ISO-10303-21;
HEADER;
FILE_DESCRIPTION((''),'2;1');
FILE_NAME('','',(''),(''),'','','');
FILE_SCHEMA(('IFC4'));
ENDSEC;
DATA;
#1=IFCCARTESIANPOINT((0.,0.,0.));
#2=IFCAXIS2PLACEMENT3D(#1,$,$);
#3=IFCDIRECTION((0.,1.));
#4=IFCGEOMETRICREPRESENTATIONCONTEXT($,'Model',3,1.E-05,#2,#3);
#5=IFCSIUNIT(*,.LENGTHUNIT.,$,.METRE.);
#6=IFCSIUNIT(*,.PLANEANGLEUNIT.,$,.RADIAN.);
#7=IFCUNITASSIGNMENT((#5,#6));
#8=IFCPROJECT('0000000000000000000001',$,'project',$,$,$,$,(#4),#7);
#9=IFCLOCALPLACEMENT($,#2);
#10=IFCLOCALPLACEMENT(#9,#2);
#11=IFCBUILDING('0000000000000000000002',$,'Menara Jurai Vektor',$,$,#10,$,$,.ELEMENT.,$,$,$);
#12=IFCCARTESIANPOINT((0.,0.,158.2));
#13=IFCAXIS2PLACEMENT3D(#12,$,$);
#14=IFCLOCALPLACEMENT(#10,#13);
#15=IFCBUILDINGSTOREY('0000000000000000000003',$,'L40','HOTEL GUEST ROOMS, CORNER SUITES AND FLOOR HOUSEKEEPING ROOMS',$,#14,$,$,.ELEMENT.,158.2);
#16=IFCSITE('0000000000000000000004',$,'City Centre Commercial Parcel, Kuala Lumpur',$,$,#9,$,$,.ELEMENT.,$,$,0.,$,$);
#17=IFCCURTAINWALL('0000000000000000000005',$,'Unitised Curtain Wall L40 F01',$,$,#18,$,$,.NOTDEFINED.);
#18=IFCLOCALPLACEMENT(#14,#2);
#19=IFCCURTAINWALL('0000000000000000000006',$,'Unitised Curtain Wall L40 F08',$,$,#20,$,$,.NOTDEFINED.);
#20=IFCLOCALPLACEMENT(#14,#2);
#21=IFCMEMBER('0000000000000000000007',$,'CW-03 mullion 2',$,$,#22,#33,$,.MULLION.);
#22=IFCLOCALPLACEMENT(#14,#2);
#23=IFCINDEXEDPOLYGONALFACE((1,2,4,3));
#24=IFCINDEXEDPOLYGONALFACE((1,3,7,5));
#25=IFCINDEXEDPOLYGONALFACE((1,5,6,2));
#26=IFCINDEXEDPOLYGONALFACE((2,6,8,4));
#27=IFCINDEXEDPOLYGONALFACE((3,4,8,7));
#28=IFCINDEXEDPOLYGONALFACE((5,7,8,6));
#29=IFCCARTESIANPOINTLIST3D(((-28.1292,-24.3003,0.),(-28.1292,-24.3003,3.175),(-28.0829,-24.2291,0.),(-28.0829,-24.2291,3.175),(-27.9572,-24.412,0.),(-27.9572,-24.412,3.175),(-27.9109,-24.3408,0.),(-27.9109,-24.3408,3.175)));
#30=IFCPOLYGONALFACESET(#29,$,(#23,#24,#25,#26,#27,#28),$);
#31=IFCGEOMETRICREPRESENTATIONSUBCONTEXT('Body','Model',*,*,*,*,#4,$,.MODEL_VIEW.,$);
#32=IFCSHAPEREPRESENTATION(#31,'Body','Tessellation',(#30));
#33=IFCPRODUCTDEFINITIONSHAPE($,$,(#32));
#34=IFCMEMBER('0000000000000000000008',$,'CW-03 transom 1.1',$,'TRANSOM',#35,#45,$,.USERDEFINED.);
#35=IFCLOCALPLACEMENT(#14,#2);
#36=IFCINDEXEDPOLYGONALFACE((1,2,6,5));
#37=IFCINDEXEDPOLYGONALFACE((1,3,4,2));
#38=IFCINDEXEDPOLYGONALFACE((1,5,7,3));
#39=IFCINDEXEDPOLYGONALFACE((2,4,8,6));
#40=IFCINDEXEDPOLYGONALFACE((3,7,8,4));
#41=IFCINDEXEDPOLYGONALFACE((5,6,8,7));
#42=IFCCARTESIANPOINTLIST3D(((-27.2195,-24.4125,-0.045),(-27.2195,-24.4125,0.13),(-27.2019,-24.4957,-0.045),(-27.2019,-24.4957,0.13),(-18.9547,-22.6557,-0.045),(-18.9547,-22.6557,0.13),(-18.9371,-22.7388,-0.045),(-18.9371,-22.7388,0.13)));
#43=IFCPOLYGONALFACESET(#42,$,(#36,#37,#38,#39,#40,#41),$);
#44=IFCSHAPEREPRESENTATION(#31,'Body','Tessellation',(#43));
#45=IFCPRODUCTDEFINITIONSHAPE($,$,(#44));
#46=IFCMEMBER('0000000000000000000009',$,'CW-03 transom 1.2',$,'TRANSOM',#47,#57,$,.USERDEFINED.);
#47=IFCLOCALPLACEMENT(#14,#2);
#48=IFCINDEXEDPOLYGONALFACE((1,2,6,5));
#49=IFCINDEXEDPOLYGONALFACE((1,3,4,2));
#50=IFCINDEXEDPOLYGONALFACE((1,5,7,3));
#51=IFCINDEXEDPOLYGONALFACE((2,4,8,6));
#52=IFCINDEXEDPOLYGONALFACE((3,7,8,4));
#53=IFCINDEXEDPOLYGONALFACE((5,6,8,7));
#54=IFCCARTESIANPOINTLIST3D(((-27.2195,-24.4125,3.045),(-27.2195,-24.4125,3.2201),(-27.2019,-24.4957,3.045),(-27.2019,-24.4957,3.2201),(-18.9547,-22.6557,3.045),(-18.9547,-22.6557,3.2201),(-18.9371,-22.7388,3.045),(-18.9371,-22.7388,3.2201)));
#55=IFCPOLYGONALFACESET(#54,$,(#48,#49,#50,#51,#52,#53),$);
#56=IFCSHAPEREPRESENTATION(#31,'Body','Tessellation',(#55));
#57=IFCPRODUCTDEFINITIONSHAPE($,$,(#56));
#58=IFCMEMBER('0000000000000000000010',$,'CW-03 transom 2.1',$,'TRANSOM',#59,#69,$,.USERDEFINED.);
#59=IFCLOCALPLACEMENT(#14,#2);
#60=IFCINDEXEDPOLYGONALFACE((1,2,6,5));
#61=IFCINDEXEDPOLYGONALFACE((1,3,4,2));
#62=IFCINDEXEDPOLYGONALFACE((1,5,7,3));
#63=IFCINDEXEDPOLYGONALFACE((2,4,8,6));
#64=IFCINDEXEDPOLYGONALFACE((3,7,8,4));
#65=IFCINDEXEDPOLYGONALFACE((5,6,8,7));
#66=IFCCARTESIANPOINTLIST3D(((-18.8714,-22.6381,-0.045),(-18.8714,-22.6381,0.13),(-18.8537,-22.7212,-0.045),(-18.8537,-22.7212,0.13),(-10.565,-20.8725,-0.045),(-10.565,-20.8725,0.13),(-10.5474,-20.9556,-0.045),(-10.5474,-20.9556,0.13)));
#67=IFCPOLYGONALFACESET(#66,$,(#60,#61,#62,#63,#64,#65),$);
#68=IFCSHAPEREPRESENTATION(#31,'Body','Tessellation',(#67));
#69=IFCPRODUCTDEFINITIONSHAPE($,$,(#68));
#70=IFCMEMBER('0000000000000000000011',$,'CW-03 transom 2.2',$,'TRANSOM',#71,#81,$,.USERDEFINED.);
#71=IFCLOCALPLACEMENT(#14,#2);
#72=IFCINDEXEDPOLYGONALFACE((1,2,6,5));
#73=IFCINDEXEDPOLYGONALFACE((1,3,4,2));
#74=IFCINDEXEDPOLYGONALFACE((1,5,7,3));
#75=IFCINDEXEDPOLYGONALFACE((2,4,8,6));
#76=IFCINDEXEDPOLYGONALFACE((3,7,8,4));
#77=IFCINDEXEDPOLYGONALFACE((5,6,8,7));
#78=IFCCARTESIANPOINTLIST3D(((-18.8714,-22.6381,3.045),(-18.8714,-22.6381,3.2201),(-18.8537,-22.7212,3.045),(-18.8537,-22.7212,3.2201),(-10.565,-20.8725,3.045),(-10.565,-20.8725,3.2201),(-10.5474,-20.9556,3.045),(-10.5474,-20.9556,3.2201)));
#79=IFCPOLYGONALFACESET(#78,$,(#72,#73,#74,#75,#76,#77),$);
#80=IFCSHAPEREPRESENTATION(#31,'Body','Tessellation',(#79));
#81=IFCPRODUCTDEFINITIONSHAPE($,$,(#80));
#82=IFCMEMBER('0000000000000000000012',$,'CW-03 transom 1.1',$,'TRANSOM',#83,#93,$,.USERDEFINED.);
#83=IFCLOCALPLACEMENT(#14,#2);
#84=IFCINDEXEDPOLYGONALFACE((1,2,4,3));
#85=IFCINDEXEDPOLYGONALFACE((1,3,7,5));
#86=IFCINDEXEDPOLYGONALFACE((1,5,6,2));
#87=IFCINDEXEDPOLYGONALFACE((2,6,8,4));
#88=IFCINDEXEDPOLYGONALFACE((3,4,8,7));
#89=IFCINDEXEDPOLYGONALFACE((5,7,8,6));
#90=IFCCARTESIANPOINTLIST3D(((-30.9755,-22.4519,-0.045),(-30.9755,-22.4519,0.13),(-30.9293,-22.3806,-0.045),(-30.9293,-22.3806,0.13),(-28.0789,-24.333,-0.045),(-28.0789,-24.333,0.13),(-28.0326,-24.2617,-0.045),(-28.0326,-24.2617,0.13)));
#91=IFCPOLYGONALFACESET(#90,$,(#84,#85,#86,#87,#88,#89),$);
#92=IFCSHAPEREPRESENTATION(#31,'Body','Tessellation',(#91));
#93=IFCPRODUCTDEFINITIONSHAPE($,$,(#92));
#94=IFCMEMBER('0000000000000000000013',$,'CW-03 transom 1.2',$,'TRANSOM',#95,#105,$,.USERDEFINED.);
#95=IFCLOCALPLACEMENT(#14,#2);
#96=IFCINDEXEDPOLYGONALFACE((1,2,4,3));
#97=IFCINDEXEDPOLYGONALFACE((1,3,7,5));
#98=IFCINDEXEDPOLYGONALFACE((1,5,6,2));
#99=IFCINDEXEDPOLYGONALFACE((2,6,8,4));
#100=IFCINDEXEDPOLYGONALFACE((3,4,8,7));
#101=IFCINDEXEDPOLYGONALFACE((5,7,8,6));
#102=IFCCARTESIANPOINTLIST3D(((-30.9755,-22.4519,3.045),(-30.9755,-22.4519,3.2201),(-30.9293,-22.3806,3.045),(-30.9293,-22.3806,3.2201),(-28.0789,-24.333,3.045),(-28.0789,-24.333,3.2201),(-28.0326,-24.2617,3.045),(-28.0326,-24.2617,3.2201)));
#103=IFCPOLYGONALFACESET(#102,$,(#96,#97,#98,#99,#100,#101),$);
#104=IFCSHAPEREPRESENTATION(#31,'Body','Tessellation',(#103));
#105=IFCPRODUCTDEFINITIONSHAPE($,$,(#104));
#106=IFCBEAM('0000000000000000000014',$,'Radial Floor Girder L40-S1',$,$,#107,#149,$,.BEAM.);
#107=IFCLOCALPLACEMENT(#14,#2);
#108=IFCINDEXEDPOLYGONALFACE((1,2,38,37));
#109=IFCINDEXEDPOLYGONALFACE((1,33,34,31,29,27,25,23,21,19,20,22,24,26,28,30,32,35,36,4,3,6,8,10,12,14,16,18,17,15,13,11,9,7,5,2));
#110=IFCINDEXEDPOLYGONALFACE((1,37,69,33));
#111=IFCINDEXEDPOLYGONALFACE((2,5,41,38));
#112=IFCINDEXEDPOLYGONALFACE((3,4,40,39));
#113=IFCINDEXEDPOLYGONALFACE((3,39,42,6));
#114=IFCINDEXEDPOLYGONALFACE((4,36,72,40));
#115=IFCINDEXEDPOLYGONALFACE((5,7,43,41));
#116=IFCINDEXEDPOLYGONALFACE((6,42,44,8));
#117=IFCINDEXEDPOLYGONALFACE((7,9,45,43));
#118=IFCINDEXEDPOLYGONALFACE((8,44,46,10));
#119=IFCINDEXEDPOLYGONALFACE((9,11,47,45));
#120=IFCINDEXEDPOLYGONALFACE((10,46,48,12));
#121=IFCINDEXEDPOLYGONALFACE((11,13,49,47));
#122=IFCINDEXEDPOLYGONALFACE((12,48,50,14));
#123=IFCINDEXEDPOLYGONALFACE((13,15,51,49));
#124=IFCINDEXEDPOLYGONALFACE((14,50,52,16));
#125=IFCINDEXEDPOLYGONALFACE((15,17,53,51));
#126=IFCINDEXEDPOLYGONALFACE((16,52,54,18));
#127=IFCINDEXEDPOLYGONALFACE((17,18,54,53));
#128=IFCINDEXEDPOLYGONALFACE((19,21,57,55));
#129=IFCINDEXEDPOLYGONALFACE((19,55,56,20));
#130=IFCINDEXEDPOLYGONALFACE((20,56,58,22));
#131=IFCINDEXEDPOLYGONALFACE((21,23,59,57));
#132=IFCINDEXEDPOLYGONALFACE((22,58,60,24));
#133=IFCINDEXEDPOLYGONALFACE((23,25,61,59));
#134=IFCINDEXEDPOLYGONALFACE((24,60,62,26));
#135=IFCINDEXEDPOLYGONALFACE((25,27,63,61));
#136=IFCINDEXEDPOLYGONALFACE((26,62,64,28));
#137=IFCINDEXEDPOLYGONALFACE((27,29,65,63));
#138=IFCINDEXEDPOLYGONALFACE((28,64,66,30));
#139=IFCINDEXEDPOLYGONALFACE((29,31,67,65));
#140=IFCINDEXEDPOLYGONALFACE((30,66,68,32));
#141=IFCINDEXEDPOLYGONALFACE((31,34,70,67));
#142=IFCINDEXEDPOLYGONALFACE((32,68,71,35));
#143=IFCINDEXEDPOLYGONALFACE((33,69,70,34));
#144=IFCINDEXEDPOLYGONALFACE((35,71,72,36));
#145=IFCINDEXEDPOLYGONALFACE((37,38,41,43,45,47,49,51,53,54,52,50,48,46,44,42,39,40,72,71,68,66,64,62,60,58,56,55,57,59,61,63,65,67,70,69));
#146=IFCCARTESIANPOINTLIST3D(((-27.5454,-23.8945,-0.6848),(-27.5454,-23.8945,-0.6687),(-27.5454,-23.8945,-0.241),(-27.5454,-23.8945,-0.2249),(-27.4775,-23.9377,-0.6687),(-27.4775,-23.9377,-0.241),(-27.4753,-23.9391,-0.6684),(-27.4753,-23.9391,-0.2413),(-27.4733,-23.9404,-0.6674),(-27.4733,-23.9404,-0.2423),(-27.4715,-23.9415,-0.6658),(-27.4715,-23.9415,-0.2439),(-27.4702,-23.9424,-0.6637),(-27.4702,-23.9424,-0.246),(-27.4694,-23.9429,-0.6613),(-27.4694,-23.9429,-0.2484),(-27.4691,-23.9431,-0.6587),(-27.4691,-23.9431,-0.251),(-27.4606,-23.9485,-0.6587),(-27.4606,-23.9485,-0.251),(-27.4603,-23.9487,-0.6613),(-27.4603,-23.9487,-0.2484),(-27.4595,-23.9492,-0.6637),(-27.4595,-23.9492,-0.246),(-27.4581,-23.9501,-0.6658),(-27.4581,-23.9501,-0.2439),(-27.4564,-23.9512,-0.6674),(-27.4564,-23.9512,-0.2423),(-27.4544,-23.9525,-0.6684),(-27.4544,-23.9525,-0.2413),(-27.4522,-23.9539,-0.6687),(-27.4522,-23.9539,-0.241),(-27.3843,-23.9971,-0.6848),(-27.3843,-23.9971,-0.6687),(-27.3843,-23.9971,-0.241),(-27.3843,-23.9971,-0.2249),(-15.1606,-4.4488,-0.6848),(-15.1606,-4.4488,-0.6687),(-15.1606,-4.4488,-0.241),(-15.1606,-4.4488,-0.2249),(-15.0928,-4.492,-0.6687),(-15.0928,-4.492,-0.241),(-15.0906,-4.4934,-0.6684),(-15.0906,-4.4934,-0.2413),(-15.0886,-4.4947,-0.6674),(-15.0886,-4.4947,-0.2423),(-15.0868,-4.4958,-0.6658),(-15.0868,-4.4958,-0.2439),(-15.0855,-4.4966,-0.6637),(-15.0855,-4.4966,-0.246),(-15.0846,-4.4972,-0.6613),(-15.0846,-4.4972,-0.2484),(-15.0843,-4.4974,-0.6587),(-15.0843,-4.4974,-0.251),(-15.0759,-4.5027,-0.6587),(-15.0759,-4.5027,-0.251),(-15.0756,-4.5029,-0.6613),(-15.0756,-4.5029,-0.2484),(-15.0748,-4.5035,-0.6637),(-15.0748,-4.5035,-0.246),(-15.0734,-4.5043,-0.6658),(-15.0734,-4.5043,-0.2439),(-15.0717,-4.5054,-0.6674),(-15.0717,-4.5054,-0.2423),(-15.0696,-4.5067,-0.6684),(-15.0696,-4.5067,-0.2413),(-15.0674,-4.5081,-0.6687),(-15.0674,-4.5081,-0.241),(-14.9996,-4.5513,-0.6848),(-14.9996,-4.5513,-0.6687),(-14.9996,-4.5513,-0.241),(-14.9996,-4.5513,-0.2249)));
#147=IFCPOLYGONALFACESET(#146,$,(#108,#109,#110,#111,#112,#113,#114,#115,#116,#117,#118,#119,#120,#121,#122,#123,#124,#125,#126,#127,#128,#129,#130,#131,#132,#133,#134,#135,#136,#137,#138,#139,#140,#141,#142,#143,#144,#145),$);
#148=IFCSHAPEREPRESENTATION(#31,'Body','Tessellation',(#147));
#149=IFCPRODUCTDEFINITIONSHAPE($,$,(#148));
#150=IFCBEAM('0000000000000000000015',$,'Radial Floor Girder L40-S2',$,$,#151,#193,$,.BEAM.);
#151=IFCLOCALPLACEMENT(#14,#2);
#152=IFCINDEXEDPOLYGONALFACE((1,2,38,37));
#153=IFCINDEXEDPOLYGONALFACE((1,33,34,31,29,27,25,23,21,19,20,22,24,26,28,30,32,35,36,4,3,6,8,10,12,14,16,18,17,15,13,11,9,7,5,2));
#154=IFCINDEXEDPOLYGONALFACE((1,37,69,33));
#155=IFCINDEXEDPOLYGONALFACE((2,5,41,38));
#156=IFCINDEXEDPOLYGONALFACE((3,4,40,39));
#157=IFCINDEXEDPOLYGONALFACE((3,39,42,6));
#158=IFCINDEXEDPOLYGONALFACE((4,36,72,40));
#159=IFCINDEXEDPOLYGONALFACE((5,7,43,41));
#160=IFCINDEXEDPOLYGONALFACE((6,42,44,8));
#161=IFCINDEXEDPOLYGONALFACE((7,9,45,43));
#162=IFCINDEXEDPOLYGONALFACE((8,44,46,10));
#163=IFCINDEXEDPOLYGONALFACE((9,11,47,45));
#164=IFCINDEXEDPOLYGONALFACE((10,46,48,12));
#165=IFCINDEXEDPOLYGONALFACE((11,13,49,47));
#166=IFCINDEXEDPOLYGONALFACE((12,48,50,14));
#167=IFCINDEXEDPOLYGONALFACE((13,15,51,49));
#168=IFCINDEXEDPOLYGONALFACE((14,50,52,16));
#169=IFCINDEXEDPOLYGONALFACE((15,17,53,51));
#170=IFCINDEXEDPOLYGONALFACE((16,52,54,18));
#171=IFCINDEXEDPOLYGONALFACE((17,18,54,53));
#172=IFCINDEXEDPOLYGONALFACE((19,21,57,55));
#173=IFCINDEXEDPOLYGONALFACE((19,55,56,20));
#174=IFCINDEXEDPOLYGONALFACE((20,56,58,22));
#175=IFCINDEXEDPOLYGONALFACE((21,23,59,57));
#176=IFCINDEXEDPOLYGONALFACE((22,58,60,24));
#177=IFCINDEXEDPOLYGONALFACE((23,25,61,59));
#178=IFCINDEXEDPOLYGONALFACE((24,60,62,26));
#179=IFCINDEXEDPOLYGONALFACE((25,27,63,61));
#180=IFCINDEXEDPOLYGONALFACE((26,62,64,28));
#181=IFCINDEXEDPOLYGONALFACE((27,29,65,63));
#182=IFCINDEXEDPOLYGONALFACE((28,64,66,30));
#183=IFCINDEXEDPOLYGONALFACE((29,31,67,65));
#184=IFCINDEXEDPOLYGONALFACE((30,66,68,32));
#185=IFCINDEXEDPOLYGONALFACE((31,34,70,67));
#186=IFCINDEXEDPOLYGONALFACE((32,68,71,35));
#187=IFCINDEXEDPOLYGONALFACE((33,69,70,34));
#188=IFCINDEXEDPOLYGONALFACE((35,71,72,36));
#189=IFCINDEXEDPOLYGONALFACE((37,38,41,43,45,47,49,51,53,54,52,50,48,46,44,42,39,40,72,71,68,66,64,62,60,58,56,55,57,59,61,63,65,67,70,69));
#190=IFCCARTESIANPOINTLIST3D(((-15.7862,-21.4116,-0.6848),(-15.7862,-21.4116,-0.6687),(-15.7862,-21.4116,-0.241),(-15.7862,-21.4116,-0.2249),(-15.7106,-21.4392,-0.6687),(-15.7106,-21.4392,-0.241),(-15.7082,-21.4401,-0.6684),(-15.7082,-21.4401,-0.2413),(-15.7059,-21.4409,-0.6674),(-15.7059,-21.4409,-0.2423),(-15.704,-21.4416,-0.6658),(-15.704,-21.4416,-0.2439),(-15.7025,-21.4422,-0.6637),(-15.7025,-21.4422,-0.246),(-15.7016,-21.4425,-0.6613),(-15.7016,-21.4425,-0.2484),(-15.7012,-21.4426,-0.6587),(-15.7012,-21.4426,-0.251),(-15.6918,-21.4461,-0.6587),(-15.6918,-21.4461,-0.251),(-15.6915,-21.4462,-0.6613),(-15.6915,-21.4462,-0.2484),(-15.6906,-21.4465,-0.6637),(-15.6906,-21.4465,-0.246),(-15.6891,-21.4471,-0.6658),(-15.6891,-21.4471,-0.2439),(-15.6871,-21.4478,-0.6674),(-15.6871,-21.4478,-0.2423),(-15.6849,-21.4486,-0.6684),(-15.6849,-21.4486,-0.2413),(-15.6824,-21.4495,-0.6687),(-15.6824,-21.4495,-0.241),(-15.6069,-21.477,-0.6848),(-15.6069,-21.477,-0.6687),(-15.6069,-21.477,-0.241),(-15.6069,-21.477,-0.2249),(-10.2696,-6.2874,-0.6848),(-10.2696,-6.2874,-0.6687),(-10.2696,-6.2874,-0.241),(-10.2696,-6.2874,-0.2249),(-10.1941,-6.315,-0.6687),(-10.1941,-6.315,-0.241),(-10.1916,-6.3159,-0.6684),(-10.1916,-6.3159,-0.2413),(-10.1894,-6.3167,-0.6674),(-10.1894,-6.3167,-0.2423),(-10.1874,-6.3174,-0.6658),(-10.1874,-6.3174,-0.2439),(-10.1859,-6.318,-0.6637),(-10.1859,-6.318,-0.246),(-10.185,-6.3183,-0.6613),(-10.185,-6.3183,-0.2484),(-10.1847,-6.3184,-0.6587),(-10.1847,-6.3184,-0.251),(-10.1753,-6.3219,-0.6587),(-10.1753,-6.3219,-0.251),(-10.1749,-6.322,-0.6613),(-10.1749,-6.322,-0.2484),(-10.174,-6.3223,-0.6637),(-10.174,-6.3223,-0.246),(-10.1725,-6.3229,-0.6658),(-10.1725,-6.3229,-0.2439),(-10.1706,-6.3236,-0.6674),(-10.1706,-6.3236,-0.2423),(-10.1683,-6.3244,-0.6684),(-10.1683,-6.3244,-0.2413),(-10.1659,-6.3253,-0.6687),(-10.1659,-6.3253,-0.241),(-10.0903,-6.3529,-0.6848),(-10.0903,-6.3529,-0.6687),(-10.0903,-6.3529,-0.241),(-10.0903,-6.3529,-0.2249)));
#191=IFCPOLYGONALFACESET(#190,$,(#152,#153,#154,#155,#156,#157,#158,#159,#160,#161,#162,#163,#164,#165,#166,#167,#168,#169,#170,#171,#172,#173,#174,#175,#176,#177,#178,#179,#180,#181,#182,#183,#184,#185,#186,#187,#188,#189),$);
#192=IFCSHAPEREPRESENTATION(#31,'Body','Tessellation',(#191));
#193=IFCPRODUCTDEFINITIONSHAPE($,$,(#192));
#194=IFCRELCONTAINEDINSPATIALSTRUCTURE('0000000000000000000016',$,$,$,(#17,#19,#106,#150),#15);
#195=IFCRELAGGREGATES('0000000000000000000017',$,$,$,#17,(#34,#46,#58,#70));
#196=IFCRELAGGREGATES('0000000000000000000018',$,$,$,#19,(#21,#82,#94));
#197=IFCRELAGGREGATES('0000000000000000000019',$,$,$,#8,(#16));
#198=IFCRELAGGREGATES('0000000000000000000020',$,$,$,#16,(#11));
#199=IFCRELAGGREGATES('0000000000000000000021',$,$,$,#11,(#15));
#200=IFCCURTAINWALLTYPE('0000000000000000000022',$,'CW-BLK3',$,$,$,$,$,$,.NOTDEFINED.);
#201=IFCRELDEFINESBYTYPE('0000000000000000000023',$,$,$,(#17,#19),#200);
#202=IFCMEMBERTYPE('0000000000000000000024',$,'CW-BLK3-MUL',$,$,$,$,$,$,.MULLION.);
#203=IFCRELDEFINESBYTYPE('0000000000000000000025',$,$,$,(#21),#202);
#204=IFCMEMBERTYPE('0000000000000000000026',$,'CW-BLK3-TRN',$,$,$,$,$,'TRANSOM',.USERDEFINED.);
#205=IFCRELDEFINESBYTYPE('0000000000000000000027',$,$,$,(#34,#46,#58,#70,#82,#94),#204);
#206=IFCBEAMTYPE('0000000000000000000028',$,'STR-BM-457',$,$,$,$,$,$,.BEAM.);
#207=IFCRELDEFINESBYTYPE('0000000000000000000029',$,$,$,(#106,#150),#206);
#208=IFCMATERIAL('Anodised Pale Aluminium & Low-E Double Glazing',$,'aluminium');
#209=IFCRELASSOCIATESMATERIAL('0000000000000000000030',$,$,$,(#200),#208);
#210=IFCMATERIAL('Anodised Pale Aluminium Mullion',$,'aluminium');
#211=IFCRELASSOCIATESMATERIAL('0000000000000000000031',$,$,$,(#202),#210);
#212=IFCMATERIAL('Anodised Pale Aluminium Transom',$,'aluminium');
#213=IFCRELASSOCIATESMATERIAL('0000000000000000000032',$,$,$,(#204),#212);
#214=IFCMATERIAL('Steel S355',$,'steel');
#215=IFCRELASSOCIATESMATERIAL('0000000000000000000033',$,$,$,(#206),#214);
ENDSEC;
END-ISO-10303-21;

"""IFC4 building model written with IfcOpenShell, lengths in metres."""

from ifc_helpers import new_model, si_unit, direction, frame, origin, origin_2d, place, context, subcontext, project, spatial, rectangle, i_section, extrude, material, material_profile, profile_set, type_object, element, aggregate, save


model = new_model("IFC4")

# Units and contexts
model_context = context("Model", 3, precision=1e-05, world=origin(), true_north=direction((0.0, 1.0)))
body_context = subcontext(model_context, "Body", "Model", "MODEL_VIEW")
ifc_project = project(units=[si_unit("LENGTHUNIT", "METRE"), si_unit("PLANEANGLEUNIT", "RADIAN")], contexts=[model_context])

# Site, building, storey
site_placement = place(None, origin())
site = spatial("IfcSite", under=ifc_project, at=site_placement, Name="City Centre Commercial Parcel, Kuala Lumpur", CompositionType="ELEMENT", RefElevation=0.0)
building_placement = place(site_placement, origin())
building = spatial("IfcBuilding", under=site, at=building_placement, Name="Menara Jurai Vektor", CompositionType="ELEMENT")
storey_placement = place(building_placement, frame((0.0, 0.0, 158.2)))
storey = spatial("IfcBuildingStorey", under=building, at=storey_placement, Name="L40", Description="HOTEL GUEST ROOMS, CORNER SUITES AND FLOOR HOUSEKEEPING ROOMS", CompositionType="ELEMENT", Elevation=158.2)

# Curtain wall
ifc_material_1 = material(Name="Anodised Pale Aluminium & Low-E Double Glazing", Category="aluminium")
curtain_wall_type = type_object("IfcCurtainWallType", Name="CW-BLK3", PredefinedType="NOTDEFINED", material=ifc_material_1)
curtain_wall_1_placement = place(storey_placement, origin())
curtain_wall_1 = element("IfcCurtainWall", 1, at=curtain_wall_1_placement, inside=storey, type_object=curtain_wall_type, Name="Unitised Curtain Wall L40 F01", PredefinedType="NOTDEFINED")
ifc_material_2 = material(Name="Anodised Pale Aluminium Mullion", Category="aluminium")
ifc_material_profile_1 = material_profile(ifc_material_2, rectangle(XDim=0.085, YDim=0.2051, at=origin_2d()), Name="ALU MUL 85x205")
ifc_profile_set_1 = profile_set([ifc_material_profile_1], Name="Anodised Pale Aluminium Mullion")
member_type_1 = type_object("IfcMemberType", Name="CW-BLK3-MUL", PredefinedType="MULLION", material=ifc_profile_set_1)

# Curtain wall, member
curtain_wall_2_placement = place(storey_placement, origin())
curtain_wall_2 = element("IfcCurtainWall", 2, at=curtain_wall_2_placement, inside=storey, type_object=curtain_wall_type, Name="Unitised Curtain Wall L40 F08", PredefinedType="NOTDEFINED")
member_1_placement = place(storey_placement, frame((-28.02, -24.3206, 0.0), z_axis=(0.0, 0.0, 1.0), x_axis=(0.544618, 0.838684, 0.0)))
member_1 = element("IfcMember", 3, at=member_1_placement, type_object=member_type_1, Name="CW-03 mullion 2", PredefinedType="MULLION", context=body_context, shape_type="SweptSolid", body=[
    extrude(rectangle(XDim=0.085, YDim=0.2051, at=origin_2d()), origin(), (0.0, 0.0, 1.0), 3.175),
])

# Members
ifc_material_3 = material(Name="Anodised Pale Aluminium Transom", Category="aluminium")
ifc_material_profile_2 = material_profile(ifc_material_3, rectangle(XDim=0.085, YDim=0.175, at=origin_2d()), Name="ALU TRN 85x175")
ifc_profile_set_2 = profile_set([ifc_material_profile_2], Name="Anodised Pale Aluminium Transom")
member_type_2 = type_object("IfcMemberType", Name="CW-BLK3-TRN", ElementType="TRANSOM", PredefinedType="USERDEFINED", material=ifc_profile_set_2)
member_2_placement = place(storey_placement, frame((-27.2107, -24.4541, 0.0425), z_axis=(0.978146, 0.207921, 0.0), x_axis=(-0.207921, 0.978146, 0.0)))
member_2 = element("IfcMember", 4, at=member_2_placement, type_object=member_type_2, Name="CW-03 transom 1.1", ObjectType="TRANSOM", PredefinedType="USERDEFINED", context=body_context, shape_type="SweptSolid", body=[
    extrude(rectangle(XDim=0.085, YDim=0.175, at=origin_2d()), origin(), (0.0, 0.0, 1.0), 8.4495),
])
member_3_placement = place(storey_placement, frame((-27.2107, -24.4541, 3.1326), z_axis=(0.978146, 0.207921, 0.0), x_axis=(-0.207921, 0.978146, 0.0)))
member_3 = element("IfcMember", 5, at=member_3_placement, type_object=member_type_2, Name="CW-03 transom 1.2", ObjectType="TRANSOM", PredefinedType="USERDEFINED", context=body_context, shape_type="SweptSolid", body=[
    extrude(rectangle(XDim=0.085, YDim=0.175, at=origin_2d()), origin(), (0.0, 0.0, 1.0), 8.4495),
])
member_4_placement = place(storey_placement, frame((-18.8625, -22.6797, 0.0425), z_axis=(0.978147, 0.207917, 0.0), x_axis=(-0.207917, 0.978147, 0.0)))
member_4 = element("IfcMember", 6, at=member_4_placement, type_object=member_type_2, Name="CW-03 transom 2.1", ObjectType="TRANSOM", PredefinedType="USERDEFINED", context=body_context, shape_type="SweptSolid", body=[
    extrude(rectangle(XDim=0.085, YDim=0.175, at=origin_2d()), origin(), (0.0, 0.0, 1.0), 8.4919),
])
member_5_placement = place(storey_placement, frame((-18.8625, -22.6797, 3.1326), z_axis=(0.978147, 0.207917, 0.0), x_axis=(-0.207917, 0.978147, 0.0)))
member_5 = element("IfcMember", 7, at=member_5_placement, type_object=member_type_2, Name="CW-03 transom 2.2", ObjectType="TRANSOM", PredefinedType="USERDEFINED", context=body_context, shape_type="SweptSolid", body=[
    extrude(rectangle(XDim=0.085, YDim=0.175, at=origin_2d()), origin(), (0.0, 0.0, 1.0), 8.4919),
])
member_6_placement = place(storey_placement, frame((-30.9524, -22.4163, 0.0425), z_axis=(0.838678, -0.544628, 0.0), x_axis=(0.544628, 0.838678, 0.0)))
member_6 = element("IfcMember", 8, at=member_6_placement, type_object=member_type_2, Name="CW-03 transom 1.1", ObjectType="TRANSOM", PredefinedType="USERDEFINED", context=body_context, shape_type="SweptSolid", body=[
    extrude(rectangle(XDim=0.085, YDim=0.175, at=origin_2d()), origin(), (0.0, 0.0, 1.0), 3.4539),
])
member_7_placement = place(storey_placement, frame((-30.9524, -22.4163, 3.1326), z_axis=(0.838678, -0.544628, 0.0), x_axis=(0.544628, 0.838678, 0.0)))
member_7 = element("IfcMember", 9, at=member_7_placement, type_object=member_type_2, Name="CW-03 transom 1.2", ObjectType="TRANSOM", PredefinedType="USERDEFINED", context=body_context, shape_type="SweptSolid", body=[
    extrude(rectangle(XDim=0.085, YDim=0.175, at=origin_2d()), origin(), (0.0, 0.0, 1.0), 3.4539),
])

# Beams
ifc_material_4 = material(Name="Steel S355", Category="steel")
ifc_material_profile_3 = material_profile(ifc_material_4, i_section(OverallWidth=0.1909, OverallDepth=0.46, WebThickness=0.01, FlangeThickness=0.0161, FilletRadius=0.01, at=origin_2d()), Name="UKB 457x191x82")
ifc_profile_set_3 = profile_set([ifc_material_profile_3], Name="Steel S355")
beam_type_1 = type_object("IfcBeamType", Name="STR-BM-457", PredefinedType="BEAM", material=ifc_profile_set_3)
beam_1_placement = place(storey_placement, frame((-27.4648, -23.9458, -0.4548), z_axis=(0.537189, 0.843462, 0.0), x_axis=(-0.843462, 0.537189, 0.0)))
element("IfcBeam", 10, at=beam_1_placement, inside=storey, type_object=beam_type_1, Name="Radial Floor Girder L40-S1", PredefinedType="BEAM", context=body_context, shape_type="SweptSolid", body=[
    extrude(i_section(OverallWidth=0.1909, OverallDepth=0.46, WebThickness=0.01, FlangeThickness=0.0161, FilletRadius=0.01, at=origin_2d()), origin(), (0.0, 0.0, 1.0), 23.0547),
])
beam_2_placement = place(storey_placement, frame((-15.6965, -21.4443, -0.4548), z_axis=(0.342668, 0.939456, 0.0), x_axis=(-0.939456, 0.342668, 0.0)))
element("IfcBeam", 11, at=beam_2_placement, inside=storey, type_object=beam_type_1, Name="Radial Floor Girder L40-S2", PredefinedType="BEAM", context=body_context, shape_type="SweptSolid", body=[
    extrude(i_section(OverallWidth=0.1909, OverallDepth=0.46, WebThickness=0.01, FlangeThickness=0.0161, FilletRadius=0.01, at=origin_2d()), origin(), (0.0, 0.0, 1.0), 16.0989),
])

aggregate(curtain_wall_1, [member_2, member_3, member_4, member_5])
aggregate(curtain_wall_2, [member_1, member_6, member_7])

save(model, "model.ifc")
